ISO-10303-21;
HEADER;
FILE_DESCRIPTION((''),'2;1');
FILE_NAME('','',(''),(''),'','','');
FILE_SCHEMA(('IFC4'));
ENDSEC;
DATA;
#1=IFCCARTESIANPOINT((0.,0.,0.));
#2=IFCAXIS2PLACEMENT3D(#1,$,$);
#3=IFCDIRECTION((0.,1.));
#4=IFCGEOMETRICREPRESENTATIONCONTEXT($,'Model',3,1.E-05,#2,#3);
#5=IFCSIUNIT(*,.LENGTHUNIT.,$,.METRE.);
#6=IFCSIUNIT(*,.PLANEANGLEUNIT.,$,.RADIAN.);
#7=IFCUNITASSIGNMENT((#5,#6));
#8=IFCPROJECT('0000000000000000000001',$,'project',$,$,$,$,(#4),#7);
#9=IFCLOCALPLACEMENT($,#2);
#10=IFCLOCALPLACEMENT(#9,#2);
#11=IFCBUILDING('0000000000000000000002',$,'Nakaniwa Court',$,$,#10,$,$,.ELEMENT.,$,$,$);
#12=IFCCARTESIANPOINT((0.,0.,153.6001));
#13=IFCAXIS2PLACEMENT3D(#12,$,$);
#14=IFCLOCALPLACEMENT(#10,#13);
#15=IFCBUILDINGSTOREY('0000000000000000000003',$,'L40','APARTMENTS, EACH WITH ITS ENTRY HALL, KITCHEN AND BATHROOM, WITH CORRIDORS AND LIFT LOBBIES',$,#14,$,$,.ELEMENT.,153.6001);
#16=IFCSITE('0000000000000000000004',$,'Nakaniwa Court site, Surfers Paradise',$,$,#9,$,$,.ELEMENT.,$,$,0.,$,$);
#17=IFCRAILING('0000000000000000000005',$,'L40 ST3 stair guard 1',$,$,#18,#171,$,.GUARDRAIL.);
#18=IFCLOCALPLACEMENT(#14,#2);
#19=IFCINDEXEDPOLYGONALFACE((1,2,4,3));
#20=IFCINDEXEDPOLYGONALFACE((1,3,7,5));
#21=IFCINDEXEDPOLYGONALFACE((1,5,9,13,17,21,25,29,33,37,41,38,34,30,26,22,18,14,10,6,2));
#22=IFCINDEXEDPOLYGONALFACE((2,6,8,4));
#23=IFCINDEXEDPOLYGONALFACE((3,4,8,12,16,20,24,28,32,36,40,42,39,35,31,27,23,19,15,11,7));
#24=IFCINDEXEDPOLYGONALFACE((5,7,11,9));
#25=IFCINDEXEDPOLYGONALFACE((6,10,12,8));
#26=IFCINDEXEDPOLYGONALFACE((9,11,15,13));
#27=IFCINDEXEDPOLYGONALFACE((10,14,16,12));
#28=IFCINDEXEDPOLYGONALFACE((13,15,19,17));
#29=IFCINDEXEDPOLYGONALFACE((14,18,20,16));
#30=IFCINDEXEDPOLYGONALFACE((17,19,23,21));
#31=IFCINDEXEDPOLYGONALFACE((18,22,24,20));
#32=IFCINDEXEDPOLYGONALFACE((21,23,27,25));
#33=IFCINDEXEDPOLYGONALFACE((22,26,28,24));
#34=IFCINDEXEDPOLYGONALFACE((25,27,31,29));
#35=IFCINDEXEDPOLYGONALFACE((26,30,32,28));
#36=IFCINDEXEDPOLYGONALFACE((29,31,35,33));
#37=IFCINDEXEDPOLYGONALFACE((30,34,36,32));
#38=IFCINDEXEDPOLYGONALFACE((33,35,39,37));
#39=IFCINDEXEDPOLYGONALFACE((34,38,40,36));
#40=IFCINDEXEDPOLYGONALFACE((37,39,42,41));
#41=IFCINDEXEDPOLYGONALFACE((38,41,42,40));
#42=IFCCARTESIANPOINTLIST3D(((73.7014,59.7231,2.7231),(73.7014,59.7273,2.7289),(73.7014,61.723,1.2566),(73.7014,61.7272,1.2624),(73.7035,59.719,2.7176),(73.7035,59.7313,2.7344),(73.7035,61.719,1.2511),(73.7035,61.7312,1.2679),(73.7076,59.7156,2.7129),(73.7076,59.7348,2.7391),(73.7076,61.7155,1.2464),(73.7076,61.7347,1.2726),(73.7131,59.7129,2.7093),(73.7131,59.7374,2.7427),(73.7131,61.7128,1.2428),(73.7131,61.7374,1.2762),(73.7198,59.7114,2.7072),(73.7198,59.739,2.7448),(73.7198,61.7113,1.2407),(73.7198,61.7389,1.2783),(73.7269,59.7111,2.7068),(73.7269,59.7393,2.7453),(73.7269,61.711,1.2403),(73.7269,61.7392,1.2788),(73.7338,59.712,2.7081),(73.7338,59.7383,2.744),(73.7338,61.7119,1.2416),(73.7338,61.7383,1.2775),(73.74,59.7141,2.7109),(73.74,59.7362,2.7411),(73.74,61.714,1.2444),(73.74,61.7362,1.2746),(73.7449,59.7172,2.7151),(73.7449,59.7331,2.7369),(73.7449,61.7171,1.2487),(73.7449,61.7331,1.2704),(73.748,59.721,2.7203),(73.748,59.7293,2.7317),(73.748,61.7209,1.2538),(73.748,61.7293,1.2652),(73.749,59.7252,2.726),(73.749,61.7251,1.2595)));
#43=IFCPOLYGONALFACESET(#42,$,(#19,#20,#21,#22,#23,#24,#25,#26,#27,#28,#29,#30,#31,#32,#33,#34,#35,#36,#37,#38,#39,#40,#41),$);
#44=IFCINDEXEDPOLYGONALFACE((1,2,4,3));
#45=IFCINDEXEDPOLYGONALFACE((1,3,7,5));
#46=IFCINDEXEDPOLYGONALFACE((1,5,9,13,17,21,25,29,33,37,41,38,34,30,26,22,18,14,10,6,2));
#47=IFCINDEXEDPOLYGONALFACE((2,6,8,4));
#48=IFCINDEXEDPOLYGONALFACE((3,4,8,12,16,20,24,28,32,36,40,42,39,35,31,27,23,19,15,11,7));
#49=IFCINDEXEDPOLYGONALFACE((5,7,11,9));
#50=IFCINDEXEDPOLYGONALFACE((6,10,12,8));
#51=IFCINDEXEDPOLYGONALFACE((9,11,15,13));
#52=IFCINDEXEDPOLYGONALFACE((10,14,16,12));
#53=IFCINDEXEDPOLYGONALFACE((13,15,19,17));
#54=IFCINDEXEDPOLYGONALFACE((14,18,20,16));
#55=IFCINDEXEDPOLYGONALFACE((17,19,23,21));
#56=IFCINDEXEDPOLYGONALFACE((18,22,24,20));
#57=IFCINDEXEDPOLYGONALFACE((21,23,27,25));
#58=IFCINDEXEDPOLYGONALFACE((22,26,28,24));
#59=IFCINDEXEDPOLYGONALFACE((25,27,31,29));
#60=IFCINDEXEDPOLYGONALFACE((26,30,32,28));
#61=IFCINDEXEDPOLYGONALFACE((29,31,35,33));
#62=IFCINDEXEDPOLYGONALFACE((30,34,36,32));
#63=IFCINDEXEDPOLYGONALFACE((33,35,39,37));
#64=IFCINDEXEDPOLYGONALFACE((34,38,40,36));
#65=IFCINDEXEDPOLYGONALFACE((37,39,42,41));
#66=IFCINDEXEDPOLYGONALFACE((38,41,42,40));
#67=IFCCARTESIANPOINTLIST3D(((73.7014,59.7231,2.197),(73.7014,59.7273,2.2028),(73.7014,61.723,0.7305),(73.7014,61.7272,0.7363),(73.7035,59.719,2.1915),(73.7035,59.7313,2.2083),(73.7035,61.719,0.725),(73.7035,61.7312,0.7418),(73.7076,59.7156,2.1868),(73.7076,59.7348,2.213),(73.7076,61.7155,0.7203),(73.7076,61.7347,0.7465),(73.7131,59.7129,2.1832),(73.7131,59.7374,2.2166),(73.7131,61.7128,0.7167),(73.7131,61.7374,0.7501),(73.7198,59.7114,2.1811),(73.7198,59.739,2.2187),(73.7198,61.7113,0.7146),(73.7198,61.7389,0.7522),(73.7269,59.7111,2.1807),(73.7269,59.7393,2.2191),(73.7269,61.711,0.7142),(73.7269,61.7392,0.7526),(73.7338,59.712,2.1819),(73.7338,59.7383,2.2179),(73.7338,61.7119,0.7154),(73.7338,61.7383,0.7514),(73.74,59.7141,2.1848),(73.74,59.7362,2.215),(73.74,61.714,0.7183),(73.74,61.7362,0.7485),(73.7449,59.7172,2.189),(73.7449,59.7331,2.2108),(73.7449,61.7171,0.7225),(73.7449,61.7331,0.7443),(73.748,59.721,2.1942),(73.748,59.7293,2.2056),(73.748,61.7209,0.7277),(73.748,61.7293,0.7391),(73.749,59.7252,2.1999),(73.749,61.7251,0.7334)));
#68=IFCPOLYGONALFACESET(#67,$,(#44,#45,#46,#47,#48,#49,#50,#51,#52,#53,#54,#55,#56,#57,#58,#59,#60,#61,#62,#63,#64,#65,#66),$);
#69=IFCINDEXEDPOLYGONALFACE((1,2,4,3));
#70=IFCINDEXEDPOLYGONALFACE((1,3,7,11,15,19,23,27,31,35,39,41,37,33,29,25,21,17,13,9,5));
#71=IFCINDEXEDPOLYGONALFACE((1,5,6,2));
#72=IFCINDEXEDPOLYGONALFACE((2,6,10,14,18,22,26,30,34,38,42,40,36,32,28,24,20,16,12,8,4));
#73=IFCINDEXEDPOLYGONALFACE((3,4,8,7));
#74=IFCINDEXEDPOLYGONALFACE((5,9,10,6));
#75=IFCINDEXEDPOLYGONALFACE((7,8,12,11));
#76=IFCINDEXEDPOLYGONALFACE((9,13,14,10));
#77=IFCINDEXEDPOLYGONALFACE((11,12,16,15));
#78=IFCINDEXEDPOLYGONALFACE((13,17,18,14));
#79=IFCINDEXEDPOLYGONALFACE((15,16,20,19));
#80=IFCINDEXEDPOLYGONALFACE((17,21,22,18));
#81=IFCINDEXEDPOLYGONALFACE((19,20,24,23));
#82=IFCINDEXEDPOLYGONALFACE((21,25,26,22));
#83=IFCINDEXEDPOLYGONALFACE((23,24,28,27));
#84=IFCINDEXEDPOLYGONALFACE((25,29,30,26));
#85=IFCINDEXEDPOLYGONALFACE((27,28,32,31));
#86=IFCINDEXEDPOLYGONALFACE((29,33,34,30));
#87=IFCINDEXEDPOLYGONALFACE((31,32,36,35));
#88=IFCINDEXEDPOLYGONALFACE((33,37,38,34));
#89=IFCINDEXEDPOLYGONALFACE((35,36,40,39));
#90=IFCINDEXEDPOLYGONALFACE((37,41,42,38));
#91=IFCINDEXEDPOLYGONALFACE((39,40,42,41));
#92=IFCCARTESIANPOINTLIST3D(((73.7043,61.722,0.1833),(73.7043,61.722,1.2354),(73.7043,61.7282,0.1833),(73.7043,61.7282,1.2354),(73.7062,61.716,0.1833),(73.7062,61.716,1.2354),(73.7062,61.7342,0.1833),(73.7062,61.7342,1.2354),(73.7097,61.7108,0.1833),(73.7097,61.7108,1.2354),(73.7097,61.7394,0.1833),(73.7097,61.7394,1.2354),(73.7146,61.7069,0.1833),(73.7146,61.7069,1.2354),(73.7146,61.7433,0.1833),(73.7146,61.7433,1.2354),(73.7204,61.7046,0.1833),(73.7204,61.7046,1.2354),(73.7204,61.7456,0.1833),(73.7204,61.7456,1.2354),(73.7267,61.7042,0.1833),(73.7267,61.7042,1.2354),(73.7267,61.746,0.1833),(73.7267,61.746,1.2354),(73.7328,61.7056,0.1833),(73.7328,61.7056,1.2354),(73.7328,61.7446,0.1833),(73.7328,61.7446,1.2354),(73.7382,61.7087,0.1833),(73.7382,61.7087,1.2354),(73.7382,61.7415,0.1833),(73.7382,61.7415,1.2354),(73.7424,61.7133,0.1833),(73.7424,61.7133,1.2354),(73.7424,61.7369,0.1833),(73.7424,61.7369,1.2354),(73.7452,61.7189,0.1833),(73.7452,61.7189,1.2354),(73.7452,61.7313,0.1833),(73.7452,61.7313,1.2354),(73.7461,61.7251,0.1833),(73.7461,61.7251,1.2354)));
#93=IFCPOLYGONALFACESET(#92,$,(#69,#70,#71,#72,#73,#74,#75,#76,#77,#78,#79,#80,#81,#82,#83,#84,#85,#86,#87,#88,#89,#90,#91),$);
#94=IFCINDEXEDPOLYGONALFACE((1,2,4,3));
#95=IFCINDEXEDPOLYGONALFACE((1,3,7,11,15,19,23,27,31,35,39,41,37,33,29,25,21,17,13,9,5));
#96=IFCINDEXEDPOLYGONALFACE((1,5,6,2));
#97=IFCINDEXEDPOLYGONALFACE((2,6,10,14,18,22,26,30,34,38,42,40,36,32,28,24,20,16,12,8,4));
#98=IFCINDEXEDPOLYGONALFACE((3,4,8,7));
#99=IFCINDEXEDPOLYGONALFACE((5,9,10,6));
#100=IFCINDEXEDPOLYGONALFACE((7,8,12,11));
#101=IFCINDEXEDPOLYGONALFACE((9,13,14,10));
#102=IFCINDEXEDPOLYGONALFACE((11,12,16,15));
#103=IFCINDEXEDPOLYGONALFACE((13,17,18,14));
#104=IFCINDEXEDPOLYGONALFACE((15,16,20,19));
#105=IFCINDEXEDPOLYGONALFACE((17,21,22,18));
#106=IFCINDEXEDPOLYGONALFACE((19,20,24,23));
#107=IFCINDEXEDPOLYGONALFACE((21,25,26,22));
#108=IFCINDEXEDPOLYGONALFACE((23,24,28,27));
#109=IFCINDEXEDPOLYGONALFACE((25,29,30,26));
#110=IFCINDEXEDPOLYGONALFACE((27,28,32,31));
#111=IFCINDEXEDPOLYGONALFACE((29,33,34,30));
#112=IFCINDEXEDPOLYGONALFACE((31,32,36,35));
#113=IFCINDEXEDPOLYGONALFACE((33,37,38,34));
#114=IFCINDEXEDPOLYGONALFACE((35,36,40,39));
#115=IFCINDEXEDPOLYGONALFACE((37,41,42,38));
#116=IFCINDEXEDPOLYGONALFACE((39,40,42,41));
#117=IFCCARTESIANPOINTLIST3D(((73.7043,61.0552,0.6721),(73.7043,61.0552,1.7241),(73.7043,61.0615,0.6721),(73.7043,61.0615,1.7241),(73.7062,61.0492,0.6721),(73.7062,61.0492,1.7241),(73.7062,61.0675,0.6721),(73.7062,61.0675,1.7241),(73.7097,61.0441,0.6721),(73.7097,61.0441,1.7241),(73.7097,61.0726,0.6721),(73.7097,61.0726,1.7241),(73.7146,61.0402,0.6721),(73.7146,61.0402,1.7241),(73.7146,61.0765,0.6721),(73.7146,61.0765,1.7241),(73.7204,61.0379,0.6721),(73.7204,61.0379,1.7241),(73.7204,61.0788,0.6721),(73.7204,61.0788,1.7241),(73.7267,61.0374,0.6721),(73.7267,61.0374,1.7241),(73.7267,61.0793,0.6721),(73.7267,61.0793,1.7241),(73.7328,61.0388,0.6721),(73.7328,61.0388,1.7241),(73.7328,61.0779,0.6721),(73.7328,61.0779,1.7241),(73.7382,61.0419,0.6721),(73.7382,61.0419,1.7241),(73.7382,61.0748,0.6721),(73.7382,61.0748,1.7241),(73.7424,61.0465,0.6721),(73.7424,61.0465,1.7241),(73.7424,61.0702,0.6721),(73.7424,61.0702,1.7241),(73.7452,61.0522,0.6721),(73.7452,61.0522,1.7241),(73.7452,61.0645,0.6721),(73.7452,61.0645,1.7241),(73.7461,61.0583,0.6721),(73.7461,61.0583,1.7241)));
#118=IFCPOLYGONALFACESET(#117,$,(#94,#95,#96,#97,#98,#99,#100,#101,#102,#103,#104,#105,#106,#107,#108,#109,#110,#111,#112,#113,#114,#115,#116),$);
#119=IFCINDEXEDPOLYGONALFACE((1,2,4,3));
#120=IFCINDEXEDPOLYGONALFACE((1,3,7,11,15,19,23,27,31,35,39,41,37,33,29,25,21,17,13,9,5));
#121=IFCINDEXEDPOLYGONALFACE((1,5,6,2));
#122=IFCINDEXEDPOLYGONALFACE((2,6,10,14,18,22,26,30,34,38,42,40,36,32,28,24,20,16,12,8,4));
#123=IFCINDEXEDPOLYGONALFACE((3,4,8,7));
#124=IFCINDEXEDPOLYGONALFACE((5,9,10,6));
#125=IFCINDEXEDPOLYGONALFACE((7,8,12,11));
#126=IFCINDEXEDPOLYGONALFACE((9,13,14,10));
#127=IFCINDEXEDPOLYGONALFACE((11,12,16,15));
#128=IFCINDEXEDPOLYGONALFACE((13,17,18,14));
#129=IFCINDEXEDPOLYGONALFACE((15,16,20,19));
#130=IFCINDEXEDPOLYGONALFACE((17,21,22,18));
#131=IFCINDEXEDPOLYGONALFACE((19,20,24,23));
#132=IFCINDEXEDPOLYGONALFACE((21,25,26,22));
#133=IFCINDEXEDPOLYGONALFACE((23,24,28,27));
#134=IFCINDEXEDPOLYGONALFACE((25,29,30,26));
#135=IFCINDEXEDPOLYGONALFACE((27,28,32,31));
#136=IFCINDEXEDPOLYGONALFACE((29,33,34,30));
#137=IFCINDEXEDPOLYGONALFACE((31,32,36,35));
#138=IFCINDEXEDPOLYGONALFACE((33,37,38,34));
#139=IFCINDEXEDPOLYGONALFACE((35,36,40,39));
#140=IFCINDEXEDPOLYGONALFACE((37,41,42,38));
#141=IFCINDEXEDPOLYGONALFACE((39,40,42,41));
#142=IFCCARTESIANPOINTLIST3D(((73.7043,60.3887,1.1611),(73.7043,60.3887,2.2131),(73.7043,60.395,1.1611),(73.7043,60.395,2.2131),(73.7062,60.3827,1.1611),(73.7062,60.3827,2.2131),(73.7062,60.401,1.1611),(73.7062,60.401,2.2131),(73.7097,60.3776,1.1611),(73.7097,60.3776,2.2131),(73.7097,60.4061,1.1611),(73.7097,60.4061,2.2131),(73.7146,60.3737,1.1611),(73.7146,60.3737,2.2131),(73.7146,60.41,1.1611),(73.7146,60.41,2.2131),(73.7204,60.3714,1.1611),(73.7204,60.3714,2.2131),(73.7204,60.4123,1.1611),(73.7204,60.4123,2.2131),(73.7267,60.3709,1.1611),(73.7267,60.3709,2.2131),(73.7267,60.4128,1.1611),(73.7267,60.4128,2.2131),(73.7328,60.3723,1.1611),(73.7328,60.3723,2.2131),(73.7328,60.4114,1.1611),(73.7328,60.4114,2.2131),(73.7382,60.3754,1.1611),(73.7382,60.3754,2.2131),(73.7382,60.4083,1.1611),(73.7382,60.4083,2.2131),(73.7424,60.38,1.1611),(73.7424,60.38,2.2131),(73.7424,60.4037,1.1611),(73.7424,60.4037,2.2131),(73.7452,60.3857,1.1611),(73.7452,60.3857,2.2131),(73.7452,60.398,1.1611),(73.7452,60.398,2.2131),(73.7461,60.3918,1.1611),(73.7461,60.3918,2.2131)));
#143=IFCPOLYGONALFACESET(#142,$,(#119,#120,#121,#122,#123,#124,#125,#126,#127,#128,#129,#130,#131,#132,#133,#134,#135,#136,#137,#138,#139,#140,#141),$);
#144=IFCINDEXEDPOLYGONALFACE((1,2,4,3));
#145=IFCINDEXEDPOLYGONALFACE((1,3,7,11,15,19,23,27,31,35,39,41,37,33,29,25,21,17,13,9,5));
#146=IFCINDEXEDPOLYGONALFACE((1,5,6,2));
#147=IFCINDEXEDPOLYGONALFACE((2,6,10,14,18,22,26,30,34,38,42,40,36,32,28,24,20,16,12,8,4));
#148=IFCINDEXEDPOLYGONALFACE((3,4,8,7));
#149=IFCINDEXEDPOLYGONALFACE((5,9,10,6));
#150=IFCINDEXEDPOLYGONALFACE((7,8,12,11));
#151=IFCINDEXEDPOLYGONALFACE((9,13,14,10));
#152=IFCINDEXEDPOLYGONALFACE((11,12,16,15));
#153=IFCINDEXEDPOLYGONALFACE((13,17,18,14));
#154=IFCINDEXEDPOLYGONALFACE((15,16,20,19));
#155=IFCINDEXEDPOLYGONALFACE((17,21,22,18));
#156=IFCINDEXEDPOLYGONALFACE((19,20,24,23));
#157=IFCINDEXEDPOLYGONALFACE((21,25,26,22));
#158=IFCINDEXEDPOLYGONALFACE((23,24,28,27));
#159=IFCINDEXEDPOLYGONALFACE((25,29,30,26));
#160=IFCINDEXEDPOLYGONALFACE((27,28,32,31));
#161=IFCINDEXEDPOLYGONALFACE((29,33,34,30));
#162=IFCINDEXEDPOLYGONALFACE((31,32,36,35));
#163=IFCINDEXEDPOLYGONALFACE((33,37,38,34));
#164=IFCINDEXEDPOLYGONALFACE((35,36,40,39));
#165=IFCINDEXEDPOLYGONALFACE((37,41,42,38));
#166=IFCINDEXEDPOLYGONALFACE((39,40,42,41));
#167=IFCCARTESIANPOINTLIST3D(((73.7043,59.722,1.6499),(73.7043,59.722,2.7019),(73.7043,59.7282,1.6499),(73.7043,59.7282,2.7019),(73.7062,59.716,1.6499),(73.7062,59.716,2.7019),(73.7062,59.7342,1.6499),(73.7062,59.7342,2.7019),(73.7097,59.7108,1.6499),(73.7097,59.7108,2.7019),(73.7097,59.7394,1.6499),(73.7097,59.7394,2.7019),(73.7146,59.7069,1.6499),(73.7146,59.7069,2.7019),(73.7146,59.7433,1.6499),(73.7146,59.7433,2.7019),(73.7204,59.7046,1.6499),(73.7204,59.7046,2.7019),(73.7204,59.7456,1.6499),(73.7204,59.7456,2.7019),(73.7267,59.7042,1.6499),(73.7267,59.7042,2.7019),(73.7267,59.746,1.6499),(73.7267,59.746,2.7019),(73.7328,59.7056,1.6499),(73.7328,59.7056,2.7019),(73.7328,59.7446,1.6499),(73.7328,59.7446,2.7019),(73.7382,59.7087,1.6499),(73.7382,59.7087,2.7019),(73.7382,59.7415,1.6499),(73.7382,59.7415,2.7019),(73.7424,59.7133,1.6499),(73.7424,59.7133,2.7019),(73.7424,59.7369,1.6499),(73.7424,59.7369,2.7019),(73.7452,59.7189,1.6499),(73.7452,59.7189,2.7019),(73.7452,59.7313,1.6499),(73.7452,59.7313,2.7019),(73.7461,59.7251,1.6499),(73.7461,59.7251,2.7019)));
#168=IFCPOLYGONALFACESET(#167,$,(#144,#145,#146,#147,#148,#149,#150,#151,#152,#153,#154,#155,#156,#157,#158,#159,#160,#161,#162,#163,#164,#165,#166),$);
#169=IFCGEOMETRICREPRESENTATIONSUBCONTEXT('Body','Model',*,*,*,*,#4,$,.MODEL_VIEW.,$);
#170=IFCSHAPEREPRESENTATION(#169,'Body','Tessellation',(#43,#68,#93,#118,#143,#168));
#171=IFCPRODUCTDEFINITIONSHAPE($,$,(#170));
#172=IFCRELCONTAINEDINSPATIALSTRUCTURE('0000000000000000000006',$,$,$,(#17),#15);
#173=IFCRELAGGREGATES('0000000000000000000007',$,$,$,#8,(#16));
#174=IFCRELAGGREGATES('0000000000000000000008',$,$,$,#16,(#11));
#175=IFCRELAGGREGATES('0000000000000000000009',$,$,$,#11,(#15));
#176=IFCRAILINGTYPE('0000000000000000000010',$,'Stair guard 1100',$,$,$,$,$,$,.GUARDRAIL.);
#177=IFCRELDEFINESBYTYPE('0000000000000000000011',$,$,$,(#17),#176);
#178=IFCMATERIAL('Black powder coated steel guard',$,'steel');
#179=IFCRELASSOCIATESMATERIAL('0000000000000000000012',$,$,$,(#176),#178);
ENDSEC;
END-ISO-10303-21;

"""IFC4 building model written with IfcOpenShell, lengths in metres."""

from ifc_helpers import new_model, si_unit, direction, frame, origin, origin_2d, place, context, subcontext, project, spatial, circle, extrude, material, type_object, element, save


model = new_model("IFC4")

# Units and contexts
model_context = context("Model", 3, precision=1e-05, world=origin(), true_north=direction((0.0, 1.0)))
body_context = subcontext(model_context, "Body", "Model", "MODEL_VIEW")
ifc_project = project(units=[si_unit("LENGTHUNIT", "METRE"), si_unit("PLANEANGLEUNIT", "RADIAN")], contexts=[model_context])

# Site, building, storey
site_placement = place(None, origin())
site = spatial("IfcSite", under=ifc_project, at=site_placement, Name="Nakaniwa Court site, Surfers Paradise", CompositionType="ELEMENT", RefElevation=0.0)
building_placement = place(site_placement, origin())
building = spatial("IfcBuilding", under=site, at=building_placement, Name="Nakaniwa Court", CompositionType="ELEMENT")
storey_placement = place(building_placement, frame((0.0, 0.0, 153.6001)))
storey = spatial("IfcBuildingStorey", under=building, at=storey_placement, Name="L40", Description="APARTMENTS, EACH WITH ITS ENTRY HALL, KITCHEN AND BATHROOM, WITH CORRIDORS AND LIFT LOBBIES", CompositionType="ELEMENT", Elevation=153.6001)

# Railing
ifc_material_1 = material(Name="Black powder coated steel guard", Category="steel")
railing_type_1 = type_object("IfcRailingType", Name="Stair guard 1100", PredefinedType="GUARDRAIL", material=ifc_material_1)
railing_1_placement = place(storey_placement, frame((73.7251, 61.7251, 0.1833)))
element("IfcRailing", 1, at=railing_1_placement, inside=storey, type_object=railing_type_1, Name="L40 ST3 stair guard 1", PredefinedType="GUARDRAIL", context=body_context, shape_type="SweptSolid", body=[
    extrude(circle(Radius=0.0239, at=origin_2d()), frame((0.0, 0.0, 1.0762), z_axis=(0.0, -0.806427, 0.591334), x_axis=(1.0, 0.0, 0.0)), (0.0, 0.0, 1.0), 2.48),
    extrude(circle(Radius=0.0239, at=origin_2d()), frame((0.0, 0.0, 0.55), z_axis=(0.0, -0.806427, 0.591334), x_axis=(1.0, 0.0, 0.0)), (0.0, 0.0, 1.0), 2.48),
    extrude(circle(Radius=0.021, at=origin_2d()), origin(), (0.0, 0.0, 1.0), 1.052),
    extrude(circle(Radius=0.021, at=origin_2d()), frame((0.0, -0.6667, 0.4888)), (0.0, 0.0, 1.0), 1.052),
    extrude(circle(Radius=0.021, at=origin_2d()), frame((0.0, -1.3333, 0.9778)), (0.0, 0.0, 1.0), 1.052),
    extrude(circle(Radius=0.021, at=origin_2d()), frame((0.0, -2.0, 1.4666)), (0.0, 0.0, 1.0), 1.052),
])

save(model, "model.ifc")
